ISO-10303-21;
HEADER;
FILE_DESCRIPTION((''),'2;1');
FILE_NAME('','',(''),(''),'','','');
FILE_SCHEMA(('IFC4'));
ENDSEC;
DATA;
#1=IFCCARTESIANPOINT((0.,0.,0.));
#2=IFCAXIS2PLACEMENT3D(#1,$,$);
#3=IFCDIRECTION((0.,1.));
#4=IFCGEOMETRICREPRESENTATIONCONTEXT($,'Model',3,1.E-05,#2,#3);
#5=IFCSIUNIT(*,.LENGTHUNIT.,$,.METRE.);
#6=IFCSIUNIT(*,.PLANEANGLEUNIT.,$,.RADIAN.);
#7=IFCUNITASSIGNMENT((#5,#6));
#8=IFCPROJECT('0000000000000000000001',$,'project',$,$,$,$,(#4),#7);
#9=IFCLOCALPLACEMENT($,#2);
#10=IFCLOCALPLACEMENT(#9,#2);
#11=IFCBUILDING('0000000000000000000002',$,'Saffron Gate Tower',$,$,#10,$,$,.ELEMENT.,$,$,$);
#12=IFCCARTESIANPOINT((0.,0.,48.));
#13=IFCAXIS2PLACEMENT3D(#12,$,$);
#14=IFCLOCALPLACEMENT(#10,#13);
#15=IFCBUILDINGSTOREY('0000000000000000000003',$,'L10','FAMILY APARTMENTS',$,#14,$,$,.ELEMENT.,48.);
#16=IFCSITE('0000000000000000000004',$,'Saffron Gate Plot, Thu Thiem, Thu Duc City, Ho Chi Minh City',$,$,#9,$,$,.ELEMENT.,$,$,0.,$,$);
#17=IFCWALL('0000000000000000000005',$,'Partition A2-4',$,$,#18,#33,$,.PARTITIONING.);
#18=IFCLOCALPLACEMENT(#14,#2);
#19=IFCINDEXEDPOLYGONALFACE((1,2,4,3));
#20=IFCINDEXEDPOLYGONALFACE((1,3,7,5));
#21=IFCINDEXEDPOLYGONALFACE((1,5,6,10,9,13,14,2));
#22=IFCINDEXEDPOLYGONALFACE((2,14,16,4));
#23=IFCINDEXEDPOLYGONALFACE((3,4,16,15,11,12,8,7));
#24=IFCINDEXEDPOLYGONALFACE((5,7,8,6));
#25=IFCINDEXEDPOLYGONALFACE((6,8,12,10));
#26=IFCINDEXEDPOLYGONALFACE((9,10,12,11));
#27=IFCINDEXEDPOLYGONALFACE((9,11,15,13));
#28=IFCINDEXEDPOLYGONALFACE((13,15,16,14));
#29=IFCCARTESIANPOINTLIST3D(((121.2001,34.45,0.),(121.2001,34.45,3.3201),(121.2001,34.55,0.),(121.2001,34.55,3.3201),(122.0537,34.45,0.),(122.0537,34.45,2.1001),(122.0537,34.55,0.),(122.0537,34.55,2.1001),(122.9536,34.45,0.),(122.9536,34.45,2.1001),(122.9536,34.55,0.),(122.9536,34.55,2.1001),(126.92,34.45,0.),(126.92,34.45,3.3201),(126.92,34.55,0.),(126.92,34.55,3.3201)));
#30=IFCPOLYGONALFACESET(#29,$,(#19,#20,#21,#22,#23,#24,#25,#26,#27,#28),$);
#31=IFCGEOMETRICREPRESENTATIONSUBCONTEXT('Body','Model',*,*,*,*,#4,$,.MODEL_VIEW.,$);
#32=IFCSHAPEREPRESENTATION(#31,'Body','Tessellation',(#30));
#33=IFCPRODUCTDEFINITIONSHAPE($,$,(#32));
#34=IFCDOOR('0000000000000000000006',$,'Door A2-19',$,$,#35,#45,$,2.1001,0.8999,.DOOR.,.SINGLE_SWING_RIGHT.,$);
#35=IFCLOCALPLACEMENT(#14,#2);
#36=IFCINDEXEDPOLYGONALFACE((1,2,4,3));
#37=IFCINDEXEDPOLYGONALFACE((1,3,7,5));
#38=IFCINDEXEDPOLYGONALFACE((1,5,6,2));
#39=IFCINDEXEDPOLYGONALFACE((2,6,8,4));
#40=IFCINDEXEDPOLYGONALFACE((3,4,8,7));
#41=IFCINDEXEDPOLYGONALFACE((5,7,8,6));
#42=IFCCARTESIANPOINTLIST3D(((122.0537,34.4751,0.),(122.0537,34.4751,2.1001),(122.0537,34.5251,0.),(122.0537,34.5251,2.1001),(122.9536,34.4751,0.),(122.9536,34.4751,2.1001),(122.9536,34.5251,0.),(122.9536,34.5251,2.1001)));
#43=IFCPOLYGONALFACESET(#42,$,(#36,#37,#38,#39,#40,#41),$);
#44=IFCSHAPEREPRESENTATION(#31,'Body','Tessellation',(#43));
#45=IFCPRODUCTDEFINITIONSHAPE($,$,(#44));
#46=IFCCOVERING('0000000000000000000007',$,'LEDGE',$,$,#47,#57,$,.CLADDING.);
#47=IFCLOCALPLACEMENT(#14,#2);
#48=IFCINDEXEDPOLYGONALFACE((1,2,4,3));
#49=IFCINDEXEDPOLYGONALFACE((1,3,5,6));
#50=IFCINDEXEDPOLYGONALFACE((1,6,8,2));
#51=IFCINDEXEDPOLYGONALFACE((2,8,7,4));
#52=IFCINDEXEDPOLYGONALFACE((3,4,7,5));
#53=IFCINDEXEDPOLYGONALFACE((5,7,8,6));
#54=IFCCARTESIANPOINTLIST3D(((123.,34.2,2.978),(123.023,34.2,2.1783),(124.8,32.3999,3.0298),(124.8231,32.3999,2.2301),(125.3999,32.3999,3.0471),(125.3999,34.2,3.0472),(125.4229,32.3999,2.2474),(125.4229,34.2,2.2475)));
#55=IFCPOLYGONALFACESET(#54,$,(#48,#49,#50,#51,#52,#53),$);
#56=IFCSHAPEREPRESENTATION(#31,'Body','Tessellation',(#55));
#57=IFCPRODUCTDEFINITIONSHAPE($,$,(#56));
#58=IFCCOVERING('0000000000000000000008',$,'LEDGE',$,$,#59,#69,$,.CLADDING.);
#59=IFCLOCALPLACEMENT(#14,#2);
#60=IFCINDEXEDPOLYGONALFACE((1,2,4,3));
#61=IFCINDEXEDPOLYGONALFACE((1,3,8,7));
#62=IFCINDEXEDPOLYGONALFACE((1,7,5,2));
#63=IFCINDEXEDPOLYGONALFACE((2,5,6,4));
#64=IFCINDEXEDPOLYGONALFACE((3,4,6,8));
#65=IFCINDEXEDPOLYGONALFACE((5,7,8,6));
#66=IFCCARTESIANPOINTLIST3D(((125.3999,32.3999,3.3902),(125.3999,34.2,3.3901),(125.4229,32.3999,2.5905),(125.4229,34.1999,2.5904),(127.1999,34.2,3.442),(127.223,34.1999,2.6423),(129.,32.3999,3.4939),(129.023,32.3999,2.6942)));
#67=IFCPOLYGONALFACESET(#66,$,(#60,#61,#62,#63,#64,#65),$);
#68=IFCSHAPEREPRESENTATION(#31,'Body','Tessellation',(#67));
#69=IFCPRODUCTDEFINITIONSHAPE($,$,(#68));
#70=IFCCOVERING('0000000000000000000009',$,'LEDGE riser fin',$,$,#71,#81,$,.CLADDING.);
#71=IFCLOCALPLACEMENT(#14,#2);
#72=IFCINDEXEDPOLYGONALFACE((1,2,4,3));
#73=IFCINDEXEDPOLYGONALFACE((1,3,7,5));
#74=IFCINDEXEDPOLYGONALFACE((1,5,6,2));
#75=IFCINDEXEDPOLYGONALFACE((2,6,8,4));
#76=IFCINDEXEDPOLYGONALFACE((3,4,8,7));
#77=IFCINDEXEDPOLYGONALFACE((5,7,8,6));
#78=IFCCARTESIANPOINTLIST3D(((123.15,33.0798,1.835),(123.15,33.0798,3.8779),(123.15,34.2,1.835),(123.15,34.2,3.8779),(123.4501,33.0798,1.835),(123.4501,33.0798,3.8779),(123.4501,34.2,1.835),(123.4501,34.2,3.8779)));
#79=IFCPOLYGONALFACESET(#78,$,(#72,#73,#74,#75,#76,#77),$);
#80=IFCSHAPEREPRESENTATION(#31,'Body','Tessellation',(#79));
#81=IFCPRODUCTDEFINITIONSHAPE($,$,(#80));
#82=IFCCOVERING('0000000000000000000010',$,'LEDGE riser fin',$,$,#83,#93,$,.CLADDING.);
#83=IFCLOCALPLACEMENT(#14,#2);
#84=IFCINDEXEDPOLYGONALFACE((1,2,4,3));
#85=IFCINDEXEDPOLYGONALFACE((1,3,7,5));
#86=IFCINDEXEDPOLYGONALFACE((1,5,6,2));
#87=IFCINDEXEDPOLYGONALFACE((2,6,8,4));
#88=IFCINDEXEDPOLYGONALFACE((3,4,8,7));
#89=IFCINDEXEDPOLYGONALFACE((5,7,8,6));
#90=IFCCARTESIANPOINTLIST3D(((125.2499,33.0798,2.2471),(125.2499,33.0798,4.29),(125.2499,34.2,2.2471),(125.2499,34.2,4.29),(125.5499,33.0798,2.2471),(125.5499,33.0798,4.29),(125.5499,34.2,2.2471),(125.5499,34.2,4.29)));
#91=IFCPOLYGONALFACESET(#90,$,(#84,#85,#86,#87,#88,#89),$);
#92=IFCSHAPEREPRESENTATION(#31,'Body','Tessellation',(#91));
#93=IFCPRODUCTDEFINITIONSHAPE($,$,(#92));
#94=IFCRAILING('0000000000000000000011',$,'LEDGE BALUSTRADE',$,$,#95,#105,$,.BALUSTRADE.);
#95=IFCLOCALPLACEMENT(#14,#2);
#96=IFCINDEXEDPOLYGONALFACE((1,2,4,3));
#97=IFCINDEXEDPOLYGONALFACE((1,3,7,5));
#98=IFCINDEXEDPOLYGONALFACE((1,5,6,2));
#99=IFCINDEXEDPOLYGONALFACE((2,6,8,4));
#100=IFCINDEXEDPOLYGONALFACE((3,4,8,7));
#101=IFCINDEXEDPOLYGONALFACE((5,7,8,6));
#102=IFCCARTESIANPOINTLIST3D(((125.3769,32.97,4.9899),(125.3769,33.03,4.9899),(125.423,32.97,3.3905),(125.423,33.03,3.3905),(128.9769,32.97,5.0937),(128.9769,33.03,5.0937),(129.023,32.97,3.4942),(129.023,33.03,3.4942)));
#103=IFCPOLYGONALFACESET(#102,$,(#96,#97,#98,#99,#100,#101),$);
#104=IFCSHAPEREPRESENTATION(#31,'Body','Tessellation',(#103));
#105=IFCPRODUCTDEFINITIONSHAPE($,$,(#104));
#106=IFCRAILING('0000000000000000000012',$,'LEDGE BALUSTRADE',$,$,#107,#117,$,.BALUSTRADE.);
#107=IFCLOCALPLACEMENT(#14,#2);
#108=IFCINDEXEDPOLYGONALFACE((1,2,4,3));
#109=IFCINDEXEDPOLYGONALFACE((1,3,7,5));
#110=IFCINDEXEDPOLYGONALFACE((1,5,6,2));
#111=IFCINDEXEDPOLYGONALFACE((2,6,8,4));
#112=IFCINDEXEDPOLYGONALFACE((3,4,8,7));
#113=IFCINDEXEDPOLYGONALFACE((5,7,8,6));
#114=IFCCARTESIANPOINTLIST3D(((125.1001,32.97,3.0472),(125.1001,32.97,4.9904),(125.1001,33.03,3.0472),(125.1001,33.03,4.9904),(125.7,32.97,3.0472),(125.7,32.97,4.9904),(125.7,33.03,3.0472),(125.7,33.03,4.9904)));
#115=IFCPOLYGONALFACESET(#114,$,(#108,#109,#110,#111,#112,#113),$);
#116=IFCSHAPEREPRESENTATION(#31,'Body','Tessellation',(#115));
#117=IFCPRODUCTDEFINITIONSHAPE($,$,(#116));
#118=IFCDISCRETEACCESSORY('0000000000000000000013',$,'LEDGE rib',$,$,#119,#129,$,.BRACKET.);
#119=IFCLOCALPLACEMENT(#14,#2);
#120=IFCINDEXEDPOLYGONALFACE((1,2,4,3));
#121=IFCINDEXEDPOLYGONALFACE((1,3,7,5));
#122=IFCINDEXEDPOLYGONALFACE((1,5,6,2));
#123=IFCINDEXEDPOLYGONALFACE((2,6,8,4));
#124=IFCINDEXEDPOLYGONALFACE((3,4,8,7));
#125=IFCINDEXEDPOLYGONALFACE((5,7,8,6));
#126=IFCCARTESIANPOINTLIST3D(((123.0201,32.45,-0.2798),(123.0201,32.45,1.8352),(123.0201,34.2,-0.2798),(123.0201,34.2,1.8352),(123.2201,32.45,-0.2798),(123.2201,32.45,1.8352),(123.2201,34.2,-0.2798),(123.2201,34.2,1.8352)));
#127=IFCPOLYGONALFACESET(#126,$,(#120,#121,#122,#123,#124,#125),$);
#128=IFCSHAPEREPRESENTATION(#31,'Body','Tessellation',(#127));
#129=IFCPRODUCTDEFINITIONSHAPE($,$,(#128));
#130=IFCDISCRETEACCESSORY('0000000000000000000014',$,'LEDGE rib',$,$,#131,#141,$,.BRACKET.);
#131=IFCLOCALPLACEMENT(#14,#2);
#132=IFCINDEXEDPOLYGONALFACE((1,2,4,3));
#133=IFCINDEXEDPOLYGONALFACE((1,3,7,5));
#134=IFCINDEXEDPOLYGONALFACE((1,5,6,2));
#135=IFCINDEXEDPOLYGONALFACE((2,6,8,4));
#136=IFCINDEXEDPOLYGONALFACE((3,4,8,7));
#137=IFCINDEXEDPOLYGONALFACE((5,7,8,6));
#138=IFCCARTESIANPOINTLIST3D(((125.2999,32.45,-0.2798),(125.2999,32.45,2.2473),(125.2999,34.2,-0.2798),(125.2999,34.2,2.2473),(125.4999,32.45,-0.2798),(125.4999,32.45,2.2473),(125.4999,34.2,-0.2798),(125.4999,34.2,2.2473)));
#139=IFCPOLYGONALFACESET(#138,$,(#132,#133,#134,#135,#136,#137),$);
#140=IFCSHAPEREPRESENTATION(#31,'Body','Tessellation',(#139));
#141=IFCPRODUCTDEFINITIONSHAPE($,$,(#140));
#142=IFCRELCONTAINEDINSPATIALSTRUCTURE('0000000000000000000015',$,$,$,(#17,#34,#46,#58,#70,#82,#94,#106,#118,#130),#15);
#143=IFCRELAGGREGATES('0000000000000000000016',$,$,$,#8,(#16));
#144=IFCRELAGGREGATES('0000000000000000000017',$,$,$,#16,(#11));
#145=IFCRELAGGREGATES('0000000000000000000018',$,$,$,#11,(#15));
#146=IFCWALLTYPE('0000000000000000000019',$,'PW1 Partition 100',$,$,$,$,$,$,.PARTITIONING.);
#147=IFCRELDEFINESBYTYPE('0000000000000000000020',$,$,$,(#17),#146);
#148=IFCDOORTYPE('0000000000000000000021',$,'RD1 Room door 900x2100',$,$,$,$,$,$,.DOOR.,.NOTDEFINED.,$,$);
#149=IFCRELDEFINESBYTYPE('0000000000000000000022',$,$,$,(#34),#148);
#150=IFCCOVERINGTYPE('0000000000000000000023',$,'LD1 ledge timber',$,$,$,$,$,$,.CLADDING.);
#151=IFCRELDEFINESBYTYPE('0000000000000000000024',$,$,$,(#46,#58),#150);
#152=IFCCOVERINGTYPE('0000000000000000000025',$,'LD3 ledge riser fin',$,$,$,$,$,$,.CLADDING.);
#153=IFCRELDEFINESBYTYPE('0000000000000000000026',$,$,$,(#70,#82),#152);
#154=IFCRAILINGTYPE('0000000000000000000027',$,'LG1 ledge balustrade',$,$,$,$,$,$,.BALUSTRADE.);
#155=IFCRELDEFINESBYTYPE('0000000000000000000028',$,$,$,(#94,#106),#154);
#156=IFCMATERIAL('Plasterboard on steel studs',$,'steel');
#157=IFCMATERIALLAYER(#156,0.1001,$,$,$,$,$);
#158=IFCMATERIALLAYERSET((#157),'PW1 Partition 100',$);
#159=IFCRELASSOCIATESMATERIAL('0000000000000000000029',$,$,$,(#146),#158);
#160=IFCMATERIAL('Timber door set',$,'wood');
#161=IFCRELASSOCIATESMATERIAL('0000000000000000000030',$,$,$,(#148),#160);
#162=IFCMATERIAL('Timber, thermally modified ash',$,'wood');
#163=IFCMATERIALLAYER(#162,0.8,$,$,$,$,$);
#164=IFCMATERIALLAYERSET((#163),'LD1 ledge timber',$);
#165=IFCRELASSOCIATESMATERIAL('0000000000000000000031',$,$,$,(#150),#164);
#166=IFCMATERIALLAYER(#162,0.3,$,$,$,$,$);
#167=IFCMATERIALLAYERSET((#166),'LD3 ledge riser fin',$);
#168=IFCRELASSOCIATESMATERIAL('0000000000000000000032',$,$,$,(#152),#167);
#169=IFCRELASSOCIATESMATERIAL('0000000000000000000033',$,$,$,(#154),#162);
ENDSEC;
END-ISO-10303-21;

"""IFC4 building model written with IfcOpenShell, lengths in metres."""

from ifc_helpers import new_model, si_unit, direction, frame, frame_2d, origin, origin_2d, place, context, subcontext, project, spatial, polyline, rectangle, outline, extrude, material, layer, layer_set, type_object, element, fill, save


model = new_model("IFC4")

# Units and contexts
model_context = context("Model", 3, precision=1e-05, world=origin(), true_north=direction((0.0, 1.0)))
body_context = subcontext(model_context, "Body", "Model", "MODEL_VIEW")
ifc_project = project(units=[si_unit("LENGTHUNIT", "METRE"), si_unit("PLANEANGLEUNIT", "RADIAN")], contexts=[model_context])

# Site, building, storey
site_placement = place(None, origin())
site = spatial("IfcSite", under=ifc_project, at=site_placement, Name="Saffron Gate Plot, Thu Thiem, Thu Duc City, Ho Chi Minh City", CompositionType="ELEMENT", RefElevation=0.0)
building_placement = place(site_placement, origin())
building = spatial("IfcBuilding", under=site, at=building_placement, Name="Saffron Gate Tower", CompositionType="ELEMENT")
storey_placement = place(building_placement, frame((0.0, 0.0, 48.0)))
storey = spatial("IfcBuildingStorey", under=building, at=storey_placement, Name="L10", Description="FAMILY APARTMENTS", CompositionType="ELEMENT", Elevation=48.0)

# Wall, opening, door
ifc_material_1 = material(Name="Plasterboard on steel studs", Category="steel")
ifc_layer_1 = layer(ifc_material_1, 0.1001)
ifc_layer_set_1 = layer_set([ifc_layer_1], Name="PW1 Partition 100")
wall_type = type_object("IfcWallType", Name="PW1 Partition 100", PredefinedType="PARTITIONING", material=ifc_layer_set_1)
wall_placement = place(storey_placement, frame((126.9199, 34.5, 0.0), z_axis=(0.0, 0.0, 1.0), x_axis=(-1.0, 0.0, 0.0)))
wall = element("IfcWall", 1, at=wall_placement, inside=storey, type_object=wall_type, Name="Partition A2-4", PredefinedType="PARTITIONING", context=body_context, shape_type="SweptSolid", body=[
    extrude(rectangle(XDim=5.72, YDim=0.1001, at=frame_2d((2.8599, 0.0))), origin(), (0.0, 0.0, 1.0), 3.3201),
])
opening_1_placement = place(wall_placement, frame((3.9663, 0.0, 0.0)))
opening_1 = element("IfcOpeningElement", 2, at=opening_1_placement, cuts=wall, PredefinedType="OPENING", context=body_context, shape_type="SweptSolid", body=[
    extrude(rectangle(XDim=0.8999, YDim=2.1001, at=frame_2d((0.45, 1.05))), frame((0.0, 0.0601, 0.0), z_axis=(0.0, -1.0, 0.0), x_axis=(1.0, 0.0, 0.0)), (0.0, 0.0, 1.0), 0.1201),
])
ifc_material_2 = material(Name="Timber door set", Category="wood")
door_type = type_object("IfcDoorType", Name="RD1 Room door 900x2100", OperationType="NOTDEFINED", PredefinedType="DOOR", material=ifc_material_2)
door_placement = place(opening_1_placement, origin())
door = element("IfcDoor", 3, at=door_placement, inside=storey, type_object=door_type, Name="Door A2-19", OperationType="SINGLE_SWING_RIGHT", OverallHeight=2.1001, OverallWidth=0.8999, PredefinedType="DOOR", context=body_context, shape_type="SweptSolid", body=[
    extrude(rectangle(XDim=0.8999, YDim=2.1001, at=frame_2d((0.45, 1.05))), frame((0.0, 0.0249, 0.0), z_axis=(0.0, -1.0, 0.0), x_axis=(1.0, 0.0, 0.0)), (0.0, 0.0, 1.0), 0.05),
])
fill(opening_1, door)

# Coverings
ifc_material_3 = material(Name="Timber, thermally modified ash", Category="wood")
ifc_layer_2 = layer(ifc_material_3, 0.8)
ifc_layer_set_2 = layer_set([ifc_layer_2], Name="LD1 ledge timber")
covering_type_1 = type_object("IfcCoveringType", Name="LD1 ledge timber", PredefinedType="CLADDING", material=ifc_layer_set_2)
covering_1_placement = place(storey_placement, frame((123.0, 34.2, 2.978), z_axis=(-0.028799, -0.000029, 0.999585), x_axis=(0.999585, 0.0, 0.028799)))
element("IfcCovering", 4, at=covering_1_placement, inside=storey, type_object=covering_type_1, Name="LEDGE", PredefinedType="CLADDING", context=body_context, shape_type="SweptSolid", body=[
    extrude(outline(polyline([(0.0, 0.0), (2.4009, 0.0), (2.4009, -1.8), (1.8008, -1.8), (0.0, 0.0)])), origin(), (0.0, 0.0, -1.0), 0.8),
])
covering_2_placement = place(storey_placement, frame((125.3999, 34.2, 3.3901), z_axis=(-0.028787, 0.000045, 0.999586), x_axis=(0.999586, 0.0, 0.028787)))
element("IfcCovering", 5, at=covering_2_placement, inside=storey, type_object=covering_type_1, Name="LEDGE", PredefinedType="CLADDING", context=body_context, shape_type="SweptSolid", body=[
    extrude(outline(polyline([(0.0, 0.0), (1.8008, 0.0), (3.6016, -1.8), (0.0, -1.8), (0.0, 0.0)])), origin(), (0.0, 0.0, -1.0), 0.8),
])
ifc_layer_3 = layer(ifc_material_3, 0.3)
ifc_layer_set_3 = layer_set([ifc_layer_3], Name="LD3 ledge riser fin")
covering_type_2 = type_object("IfcCoveringType", Name="LD3 ledge riser fin", PredefinedType="CLADDING", material=ifc_layer_set_3)
for number, where, z_axis, x_axis, name in (
    (6, (123.3, 33.6399, 1.835), (0.0, 0.0, 1.0), (1.0, 0.0, 0.0), "LEDGE riser fin"),
    (7, (125.3999, 33.6399, 2.2471), (0.0, 0.0, 1.0), (1.0, 0.0, 0.0), "LEDGE riser fin"),
):
    element("IfcCovering", number, at=place(storey_placement, frame(where, z_axis=z_axis, x_axis=x_axis)), inside=storey, type_object=covering_type_2, Name=name, PredefinedType="CLADDING", context=body_context, shape_type="SweptSolid", body=[
        extrude(rectangle(XDim=0.3, YDim=1.1201, at=origin_2d()), origin(), (0.0, 0.0, 1.0), 2.043),
    ])

# Railings
railing_type = type_object("IfcRailingType", Name="LG1 ledge balustrade", PredefinedType="BALUSTRADE", material=ifc_material_3)
railing_1_placement = place(storey_placement, frame((125.3999, 33.0, 3.3901)))
element("IfcRailing", 8, at=railing_1_placement, inside=storey, type_object=railing_type, Name="LEDGE BALUSTRADE", PredefinedType="BALUSTRADE", context=body_context, shape_type="SweptSolid", body=[
    extrude(rectangle(XDim=0.0601, YDim=1.6001, at=origin_2d()), frame((0.0, 0.0, 0.8), z_axis=(0.999585, 0.0, 0.028809), x_axis=(0.0, 1.0, 0.0)), (0.0, 0.0, 1.0), 3.6016),
])
railing_2_placement = place(storey_placement, frame((125.1001, 33.0, 3.0471)))
element("IfcRailing", 9, at=railing_2_placement, inside=storey, type_object=railing_type, Name="LEDGE BALUSTRADE", PredefinedType="BALUSTRADE", context=body_context, shape_type="SweptSolid", body=[
    extrude(rectangle(XDim=0.0601, YDim=1.9431, at=origin_2d()), frame((0.0, 0.0, 0.9717), z_axis=(1.0, 0.0, 0.0), x_axis=(0.0, 1.0, 0.0)), (0.0, 0.0, 1.0), 0.5999),
])

# Discrete accessories
discrete_accessory_1_placement = place(storey_placement, frame((123.1201, 33.325, -0.2798), z_axis=(0.0, 0.0, 1.0), x_axis=(1.0, 0.0, 0.0)))
element("IfcDiscreteAccessory", 10, at=discrete_accessory_1_placement, inside=storey, Name="LEDGE rib", PredefinedType="BRACKET", context=body_context, shape_type="SweptSolid", body=[
    extrude(rectangle(XDim=0.2, YDim=1.75, at=origin_2d()), origin(), (0.0, 0.0, 1.0), 2.115),
])
discrete_accessory_2_placement = place(storey_placement, frame((125.3999, 33.325, -0.2798), z_axis=(0.0, 0.0, 1.0), x_axis=(1.0, 0.0, 0.0)))
element("IfcDiscreteAccessory", 11, at=discrete_accessory_2_placement, inside=storey, Name="LEDGE rib", PredefinedType="BRACKET", context=body_context, shape_type="SweptSolid", body=[
    extrude(rectangle(XDim=0.2, YDim=1.75, at=origin_2d()), origin(), (0.0, 0.0, 1.0), 2.5271),
])

save(model, "model.ifc")
